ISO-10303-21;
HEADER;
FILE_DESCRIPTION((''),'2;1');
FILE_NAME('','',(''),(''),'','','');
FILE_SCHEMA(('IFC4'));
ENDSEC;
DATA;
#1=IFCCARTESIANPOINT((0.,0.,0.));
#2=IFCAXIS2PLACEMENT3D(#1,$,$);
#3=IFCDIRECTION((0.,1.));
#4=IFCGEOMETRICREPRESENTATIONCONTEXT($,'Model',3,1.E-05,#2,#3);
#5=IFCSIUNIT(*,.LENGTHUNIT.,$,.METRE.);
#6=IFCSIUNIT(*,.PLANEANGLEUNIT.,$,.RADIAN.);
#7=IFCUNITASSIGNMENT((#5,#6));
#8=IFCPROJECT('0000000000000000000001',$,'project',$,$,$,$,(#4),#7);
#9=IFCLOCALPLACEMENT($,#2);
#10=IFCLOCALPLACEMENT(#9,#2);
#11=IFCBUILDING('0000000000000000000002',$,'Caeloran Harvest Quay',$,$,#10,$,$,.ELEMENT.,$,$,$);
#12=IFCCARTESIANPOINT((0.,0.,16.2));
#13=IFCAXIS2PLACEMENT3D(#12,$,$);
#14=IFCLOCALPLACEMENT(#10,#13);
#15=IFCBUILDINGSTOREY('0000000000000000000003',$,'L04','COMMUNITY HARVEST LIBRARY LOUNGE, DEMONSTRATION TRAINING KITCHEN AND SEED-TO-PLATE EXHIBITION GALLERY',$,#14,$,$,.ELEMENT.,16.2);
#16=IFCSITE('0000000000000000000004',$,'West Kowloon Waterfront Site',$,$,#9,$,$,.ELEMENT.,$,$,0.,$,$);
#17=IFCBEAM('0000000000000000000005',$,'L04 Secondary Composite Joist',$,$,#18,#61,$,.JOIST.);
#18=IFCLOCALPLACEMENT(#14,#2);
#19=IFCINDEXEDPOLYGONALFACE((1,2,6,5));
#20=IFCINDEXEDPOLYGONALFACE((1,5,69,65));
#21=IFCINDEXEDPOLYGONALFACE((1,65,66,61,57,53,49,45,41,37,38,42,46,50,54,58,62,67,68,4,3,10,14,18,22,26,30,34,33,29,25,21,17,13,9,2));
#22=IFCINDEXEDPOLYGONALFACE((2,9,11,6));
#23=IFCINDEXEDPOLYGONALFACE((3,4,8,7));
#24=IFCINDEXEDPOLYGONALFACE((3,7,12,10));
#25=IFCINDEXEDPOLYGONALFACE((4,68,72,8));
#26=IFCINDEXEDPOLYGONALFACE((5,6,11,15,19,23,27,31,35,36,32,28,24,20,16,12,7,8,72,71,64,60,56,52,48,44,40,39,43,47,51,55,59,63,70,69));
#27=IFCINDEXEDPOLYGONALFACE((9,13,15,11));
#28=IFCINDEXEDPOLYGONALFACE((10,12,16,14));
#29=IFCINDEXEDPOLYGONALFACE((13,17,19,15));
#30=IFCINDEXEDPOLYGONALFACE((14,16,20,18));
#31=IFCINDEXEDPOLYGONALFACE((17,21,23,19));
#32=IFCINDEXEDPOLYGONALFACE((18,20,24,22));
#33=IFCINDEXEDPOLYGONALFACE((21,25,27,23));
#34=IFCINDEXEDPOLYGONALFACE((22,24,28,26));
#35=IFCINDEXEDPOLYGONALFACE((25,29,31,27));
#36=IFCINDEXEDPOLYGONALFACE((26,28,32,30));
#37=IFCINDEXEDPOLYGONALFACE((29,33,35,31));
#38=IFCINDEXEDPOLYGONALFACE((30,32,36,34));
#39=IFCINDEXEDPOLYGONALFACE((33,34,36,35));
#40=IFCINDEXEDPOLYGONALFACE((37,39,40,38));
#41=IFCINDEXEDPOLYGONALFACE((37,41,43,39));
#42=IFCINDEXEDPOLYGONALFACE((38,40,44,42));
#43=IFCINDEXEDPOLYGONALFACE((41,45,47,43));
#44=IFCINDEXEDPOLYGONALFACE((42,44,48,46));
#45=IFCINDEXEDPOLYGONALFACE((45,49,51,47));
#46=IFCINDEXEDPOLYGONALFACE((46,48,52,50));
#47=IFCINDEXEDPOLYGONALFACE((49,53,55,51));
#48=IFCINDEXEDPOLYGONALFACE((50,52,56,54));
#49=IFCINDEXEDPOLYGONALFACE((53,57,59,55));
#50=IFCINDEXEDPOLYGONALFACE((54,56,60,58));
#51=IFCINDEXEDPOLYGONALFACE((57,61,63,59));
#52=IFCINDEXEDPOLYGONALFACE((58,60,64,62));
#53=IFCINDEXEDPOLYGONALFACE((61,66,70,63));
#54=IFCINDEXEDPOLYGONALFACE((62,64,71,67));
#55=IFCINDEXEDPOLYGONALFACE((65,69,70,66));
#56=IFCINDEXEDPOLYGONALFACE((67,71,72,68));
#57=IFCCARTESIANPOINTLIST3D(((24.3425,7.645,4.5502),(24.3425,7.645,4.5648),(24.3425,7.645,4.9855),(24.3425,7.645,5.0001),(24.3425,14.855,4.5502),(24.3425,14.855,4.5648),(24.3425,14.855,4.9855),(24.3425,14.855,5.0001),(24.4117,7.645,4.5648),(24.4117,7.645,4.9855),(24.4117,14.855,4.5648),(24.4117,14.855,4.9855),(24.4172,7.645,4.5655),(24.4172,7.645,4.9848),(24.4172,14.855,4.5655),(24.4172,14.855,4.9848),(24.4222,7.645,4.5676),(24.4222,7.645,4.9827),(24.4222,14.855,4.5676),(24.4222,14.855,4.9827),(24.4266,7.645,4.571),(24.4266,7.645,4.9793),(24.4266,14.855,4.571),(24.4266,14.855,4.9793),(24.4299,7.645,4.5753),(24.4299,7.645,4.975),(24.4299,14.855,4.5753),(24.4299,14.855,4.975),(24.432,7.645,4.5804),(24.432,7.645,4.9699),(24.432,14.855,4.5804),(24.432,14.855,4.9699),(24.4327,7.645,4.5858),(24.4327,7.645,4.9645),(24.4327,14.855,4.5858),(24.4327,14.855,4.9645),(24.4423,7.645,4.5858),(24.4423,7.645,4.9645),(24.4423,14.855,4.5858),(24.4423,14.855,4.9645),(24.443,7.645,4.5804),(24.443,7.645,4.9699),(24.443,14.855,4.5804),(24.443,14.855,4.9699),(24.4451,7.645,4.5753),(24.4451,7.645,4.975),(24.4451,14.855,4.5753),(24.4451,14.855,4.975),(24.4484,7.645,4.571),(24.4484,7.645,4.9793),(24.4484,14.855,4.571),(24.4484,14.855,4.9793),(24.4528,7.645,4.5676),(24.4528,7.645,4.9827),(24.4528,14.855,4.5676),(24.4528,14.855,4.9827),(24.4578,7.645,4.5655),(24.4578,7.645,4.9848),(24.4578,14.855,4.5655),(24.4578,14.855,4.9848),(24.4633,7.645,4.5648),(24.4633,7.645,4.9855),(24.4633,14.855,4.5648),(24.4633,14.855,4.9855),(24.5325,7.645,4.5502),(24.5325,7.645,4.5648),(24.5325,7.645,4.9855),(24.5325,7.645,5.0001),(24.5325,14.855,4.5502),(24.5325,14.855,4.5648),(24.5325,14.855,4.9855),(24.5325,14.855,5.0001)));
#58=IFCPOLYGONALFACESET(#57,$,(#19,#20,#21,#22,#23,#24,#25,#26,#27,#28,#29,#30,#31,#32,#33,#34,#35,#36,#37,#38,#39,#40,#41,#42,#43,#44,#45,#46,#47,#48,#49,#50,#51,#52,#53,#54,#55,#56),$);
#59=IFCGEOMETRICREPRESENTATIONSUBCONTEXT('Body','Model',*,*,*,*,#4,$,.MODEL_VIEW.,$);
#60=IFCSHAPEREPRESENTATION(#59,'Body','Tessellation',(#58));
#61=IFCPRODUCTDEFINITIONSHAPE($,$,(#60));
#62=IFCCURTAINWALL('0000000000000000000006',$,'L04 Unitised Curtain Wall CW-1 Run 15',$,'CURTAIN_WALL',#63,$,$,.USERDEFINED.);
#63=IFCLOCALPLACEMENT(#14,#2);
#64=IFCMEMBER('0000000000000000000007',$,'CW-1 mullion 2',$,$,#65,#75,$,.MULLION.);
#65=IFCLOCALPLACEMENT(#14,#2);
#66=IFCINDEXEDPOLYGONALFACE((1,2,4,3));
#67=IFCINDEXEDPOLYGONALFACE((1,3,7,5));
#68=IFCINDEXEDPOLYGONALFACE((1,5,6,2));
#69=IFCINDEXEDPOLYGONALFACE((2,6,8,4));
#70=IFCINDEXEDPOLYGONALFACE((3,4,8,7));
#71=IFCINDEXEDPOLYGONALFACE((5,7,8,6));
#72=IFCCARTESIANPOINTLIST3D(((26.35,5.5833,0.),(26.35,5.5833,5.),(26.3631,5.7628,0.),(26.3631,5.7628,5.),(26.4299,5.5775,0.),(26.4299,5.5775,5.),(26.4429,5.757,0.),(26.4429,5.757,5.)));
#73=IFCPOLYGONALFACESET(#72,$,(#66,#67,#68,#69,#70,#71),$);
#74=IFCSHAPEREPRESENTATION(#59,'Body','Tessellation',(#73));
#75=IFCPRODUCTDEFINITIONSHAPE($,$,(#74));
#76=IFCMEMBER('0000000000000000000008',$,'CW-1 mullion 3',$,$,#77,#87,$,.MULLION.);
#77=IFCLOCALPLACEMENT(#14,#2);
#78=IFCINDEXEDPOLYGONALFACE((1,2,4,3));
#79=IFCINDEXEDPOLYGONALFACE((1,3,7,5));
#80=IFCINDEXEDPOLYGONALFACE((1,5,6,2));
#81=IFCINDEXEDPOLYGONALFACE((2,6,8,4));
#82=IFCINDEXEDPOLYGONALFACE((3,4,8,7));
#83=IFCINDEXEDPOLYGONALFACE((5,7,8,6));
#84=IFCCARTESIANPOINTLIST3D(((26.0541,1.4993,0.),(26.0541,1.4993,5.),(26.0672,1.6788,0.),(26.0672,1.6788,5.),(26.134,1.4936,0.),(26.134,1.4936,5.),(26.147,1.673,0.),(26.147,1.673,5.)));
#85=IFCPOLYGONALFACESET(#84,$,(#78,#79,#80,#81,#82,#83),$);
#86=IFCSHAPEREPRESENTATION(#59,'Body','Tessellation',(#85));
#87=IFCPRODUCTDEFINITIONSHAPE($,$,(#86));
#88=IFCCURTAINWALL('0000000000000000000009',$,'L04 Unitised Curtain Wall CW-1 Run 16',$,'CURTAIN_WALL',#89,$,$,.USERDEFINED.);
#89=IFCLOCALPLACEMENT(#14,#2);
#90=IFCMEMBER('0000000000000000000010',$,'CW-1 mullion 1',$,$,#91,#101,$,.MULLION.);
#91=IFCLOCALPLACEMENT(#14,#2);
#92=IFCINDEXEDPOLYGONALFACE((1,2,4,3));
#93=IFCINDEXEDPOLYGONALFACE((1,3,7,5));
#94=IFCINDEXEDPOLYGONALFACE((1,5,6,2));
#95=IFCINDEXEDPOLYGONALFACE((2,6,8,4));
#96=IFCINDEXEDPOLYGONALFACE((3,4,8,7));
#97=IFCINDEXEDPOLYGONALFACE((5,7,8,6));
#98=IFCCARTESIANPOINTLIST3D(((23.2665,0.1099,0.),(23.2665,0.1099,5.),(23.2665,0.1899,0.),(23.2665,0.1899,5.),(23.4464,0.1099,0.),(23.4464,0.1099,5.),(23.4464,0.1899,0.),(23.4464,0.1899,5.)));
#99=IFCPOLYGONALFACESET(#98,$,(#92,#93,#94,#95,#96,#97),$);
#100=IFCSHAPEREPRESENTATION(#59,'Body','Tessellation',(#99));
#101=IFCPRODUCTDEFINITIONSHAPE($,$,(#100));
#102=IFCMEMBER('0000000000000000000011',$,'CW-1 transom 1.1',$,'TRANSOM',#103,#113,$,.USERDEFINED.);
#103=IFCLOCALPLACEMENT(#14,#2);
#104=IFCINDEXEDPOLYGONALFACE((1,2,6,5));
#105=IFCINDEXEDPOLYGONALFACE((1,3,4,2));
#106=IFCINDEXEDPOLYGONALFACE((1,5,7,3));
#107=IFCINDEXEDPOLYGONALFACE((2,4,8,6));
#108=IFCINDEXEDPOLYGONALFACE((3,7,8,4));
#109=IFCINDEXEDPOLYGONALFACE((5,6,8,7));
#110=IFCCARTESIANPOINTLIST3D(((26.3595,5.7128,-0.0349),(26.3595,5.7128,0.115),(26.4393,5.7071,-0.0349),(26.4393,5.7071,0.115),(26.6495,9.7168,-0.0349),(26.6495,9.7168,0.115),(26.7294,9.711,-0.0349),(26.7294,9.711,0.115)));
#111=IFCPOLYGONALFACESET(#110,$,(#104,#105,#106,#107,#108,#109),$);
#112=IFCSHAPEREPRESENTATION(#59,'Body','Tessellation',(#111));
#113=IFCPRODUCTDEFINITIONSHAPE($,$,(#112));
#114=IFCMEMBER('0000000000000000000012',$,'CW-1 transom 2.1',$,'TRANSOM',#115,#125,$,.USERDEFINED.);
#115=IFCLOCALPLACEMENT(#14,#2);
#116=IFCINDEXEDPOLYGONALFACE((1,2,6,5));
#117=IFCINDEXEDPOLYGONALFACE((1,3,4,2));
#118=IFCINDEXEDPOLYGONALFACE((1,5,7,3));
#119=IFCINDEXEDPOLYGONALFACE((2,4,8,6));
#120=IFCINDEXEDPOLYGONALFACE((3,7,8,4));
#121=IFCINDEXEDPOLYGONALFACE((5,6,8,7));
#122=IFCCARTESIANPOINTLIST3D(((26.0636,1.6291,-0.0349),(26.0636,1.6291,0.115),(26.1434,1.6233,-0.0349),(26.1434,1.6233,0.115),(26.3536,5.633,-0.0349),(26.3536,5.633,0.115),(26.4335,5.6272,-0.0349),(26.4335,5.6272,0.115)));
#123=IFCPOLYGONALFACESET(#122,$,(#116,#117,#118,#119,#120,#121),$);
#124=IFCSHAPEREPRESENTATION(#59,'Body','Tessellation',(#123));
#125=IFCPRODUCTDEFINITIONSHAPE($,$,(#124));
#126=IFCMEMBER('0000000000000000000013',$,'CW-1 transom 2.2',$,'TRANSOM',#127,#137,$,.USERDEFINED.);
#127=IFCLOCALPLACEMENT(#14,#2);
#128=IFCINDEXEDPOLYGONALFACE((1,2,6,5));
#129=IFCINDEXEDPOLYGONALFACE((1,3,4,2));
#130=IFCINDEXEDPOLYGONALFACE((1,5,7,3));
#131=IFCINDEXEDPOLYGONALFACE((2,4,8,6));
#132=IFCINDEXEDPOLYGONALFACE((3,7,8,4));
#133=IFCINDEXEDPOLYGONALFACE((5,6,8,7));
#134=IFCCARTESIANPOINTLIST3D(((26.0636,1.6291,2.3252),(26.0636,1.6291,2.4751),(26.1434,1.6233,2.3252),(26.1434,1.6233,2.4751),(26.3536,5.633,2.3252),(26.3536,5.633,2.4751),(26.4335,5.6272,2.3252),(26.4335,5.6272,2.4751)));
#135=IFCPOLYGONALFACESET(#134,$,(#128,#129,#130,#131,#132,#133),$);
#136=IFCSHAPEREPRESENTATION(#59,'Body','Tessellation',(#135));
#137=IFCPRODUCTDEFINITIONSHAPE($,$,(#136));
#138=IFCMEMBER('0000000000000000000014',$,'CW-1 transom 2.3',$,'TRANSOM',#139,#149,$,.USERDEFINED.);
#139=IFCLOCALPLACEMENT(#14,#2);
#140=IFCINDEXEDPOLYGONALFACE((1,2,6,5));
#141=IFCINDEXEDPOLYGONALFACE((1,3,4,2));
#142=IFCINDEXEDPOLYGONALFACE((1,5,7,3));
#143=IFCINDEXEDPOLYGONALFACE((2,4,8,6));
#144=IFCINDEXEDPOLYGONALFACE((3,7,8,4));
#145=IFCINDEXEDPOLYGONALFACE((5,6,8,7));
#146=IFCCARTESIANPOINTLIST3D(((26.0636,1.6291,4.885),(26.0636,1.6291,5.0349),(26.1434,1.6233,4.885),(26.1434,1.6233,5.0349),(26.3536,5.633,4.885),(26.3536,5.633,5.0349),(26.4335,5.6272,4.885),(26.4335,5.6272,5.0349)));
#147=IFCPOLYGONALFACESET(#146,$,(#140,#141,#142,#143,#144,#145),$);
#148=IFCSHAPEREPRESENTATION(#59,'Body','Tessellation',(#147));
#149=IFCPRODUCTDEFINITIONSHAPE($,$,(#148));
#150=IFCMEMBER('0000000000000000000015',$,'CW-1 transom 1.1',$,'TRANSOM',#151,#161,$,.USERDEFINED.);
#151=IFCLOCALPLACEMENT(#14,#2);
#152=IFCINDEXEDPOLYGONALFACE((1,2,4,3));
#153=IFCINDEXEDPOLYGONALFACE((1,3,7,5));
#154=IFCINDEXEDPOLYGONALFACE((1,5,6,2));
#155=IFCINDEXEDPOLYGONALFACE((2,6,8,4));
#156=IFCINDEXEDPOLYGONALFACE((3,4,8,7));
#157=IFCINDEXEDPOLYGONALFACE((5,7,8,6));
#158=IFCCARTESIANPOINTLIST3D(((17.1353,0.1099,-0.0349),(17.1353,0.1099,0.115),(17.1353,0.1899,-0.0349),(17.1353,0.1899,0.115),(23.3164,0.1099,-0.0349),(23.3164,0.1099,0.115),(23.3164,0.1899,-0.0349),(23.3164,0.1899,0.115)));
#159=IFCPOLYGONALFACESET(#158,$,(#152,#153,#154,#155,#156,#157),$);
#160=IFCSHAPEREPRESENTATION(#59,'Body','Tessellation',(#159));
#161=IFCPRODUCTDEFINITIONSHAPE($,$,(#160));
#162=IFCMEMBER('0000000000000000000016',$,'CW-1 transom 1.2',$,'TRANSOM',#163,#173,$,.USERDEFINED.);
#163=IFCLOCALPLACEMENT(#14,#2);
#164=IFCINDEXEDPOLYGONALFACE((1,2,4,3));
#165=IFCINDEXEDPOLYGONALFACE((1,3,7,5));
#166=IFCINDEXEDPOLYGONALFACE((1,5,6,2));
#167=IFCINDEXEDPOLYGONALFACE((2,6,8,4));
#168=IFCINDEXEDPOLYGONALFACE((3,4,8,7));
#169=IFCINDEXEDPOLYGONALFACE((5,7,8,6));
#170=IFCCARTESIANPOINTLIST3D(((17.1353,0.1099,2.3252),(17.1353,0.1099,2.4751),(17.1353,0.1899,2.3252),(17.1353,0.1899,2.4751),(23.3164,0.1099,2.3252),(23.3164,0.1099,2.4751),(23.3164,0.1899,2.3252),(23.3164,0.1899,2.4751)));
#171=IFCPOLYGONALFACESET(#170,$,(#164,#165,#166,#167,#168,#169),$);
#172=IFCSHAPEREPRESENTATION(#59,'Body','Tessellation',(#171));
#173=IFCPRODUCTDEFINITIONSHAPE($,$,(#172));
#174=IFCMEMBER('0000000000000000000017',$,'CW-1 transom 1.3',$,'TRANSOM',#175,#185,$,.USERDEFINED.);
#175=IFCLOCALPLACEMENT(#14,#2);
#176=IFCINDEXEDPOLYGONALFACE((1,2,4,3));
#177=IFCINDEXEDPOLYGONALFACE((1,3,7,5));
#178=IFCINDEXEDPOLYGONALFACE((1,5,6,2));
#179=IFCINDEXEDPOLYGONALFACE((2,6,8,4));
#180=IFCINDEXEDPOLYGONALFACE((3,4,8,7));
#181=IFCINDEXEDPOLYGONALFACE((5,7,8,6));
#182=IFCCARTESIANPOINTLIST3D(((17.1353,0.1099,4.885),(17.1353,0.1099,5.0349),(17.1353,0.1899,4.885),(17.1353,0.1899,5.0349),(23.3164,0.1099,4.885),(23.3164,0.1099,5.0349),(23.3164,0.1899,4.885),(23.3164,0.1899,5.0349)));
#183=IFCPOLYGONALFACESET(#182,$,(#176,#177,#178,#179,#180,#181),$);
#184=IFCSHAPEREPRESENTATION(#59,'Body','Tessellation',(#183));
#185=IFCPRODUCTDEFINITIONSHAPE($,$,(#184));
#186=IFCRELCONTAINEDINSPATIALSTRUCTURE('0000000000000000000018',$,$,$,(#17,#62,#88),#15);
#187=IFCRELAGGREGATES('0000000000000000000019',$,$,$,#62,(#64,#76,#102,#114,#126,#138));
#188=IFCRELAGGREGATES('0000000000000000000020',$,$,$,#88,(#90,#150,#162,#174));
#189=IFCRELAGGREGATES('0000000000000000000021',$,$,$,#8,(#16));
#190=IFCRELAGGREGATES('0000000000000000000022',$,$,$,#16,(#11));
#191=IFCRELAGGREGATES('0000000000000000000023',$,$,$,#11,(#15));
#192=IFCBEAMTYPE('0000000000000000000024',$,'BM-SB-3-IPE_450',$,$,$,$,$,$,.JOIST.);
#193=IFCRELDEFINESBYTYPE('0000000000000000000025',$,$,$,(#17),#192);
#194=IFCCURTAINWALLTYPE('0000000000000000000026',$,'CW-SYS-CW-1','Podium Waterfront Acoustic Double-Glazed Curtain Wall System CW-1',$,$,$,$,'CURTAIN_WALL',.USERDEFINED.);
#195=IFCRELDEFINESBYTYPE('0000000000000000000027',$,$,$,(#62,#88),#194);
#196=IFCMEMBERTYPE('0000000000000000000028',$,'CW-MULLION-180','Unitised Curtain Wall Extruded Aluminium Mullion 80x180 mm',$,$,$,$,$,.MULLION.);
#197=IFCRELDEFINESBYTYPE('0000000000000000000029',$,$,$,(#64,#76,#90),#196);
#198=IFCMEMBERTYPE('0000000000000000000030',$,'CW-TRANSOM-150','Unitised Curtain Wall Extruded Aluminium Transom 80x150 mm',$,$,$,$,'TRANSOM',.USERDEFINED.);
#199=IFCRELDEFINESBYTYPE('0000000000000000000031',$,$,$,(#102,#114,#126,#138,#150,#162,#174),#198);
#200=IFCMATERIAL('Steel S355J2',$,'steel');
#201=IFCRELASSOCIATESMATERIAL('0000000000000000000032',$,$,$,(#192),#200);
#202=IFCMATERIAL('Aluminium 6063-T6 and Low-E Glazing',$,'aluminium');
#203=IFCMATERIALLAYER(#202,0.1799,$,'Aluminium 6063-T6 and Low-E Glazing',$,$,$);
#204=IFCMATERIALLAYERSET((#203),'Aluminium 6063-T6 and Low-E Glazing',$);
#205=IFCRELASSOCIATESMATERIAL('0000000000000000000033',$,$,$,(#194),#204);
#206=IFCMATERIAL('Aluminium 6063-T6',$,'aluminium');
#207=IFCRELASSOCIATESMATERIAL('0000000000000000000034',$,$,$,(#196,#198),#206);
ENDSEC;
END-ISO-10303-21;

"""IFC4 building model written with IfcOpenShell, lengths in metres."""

from ifc_helpers import new_model, si_unit, direction, frame, origin, origin_2d, place, context, subcontext, project, spatial, rectangle, i_section, extrude, material, layer, layer_set, material_profile, profile_set, type_object, element, aggregate, save


model = new_model("IFC4")

# Units and contexts
model_context = context("Model", 3, precision=1e-05, world=origin(), true_north=direction((0.0, 1.0)))
body_context = subcontext(model_context, "Body", "Model", "MODEL_VIEW")
ifc_project = project(units=[si_unit("LENGTHUNIT", "METRE"), si_unit("PLANEANGLEUNIT", "RADIAN")], contexts=[model_context])

# Site, building, storey
site_placement = place(None, origin())
site = spatial("IfcSite", under=ifc_project, at=site_placement, Name="West Kowloon Waterfront Site", CompositionType="ELEMENT", RefElevation=0.0)
building_placement = place(site_placement, origin())
building = spatial("IfcBuilding", under=site, at=building_placement, Name="Caeloran Harvest Quay", CompositionType="ELEMENT")
storey_placement = place(building_placement, frame((0.0, 0.0, 16.2)))
storey = spatial("IfcBuildingStorey", under=building, at=storey_placement, Name="L04", Description="COMMUNITY HARVEST LIBRARY LOUNGE, DEMONSTRATION TRAINING KITCHEN AND SEED-TO-PLATE EXHIBITION GALLERY", CompositionType="ELEMENT", Elevation=16.2)

# Beam
ifc_material_1 = material(Name="Steel S355J2", Category="steel")
ifc_material_profile_1 = material_profile(ifc_material_1, i_section(OverallWidth=0.1899, OverallDepth=0.45, WebThickness=0.0095, FlangeThickness=0.0146, FilletRadius=0.021, at=origin_2d()), Name="IPE 450")
ifc_profile_set_1 = profile_set([ifc_material_profile_1], Name="Steel S355J2")
beam_type_1 = type_object("IfcBeamType", Name="BM-SB-3-IPE_450", PredefinedType="JOIST", material=ifc_profile_set_1)
for number, where, z_axis, x_axis, name in (
    (1, (24.4375, 7.645, 4.7751), (0.0, 1.0, 0.0), (-1.0, 0.0, 0.0), "L04 Secondary Composite Joist"),
):
    element("IfcBeam", number, at=place(storey_placement, frame(where, z_axis=z_axis, x_axis=x_axis)), inside=storey, type_object=beam_type_1, Name=name, PredefinedType="JOIST", context=body_context, shape_type="SweptSolid", body=[
        extrude(i_section(OverallWidth=0.1899, OverallDepth=0.45, WebThickness=0.0095, FlangeThickness=0.0146, FilletRadius=0.021, at=origin_2d()), origin(), (0.0, 0.0, 1.0), 7.21),
    ])

# Curtain wall, members
ifc_material_2 = material(Name="Aluminium 6063-T6 and Low-E Glazing", Category="aluminium")
ifc_layer_1 = layer(ifc_material_2, 0.1799, Name="Aluminium 6063-T6 and Low-E Glazing")
ifc_layer_set_1 = layer_set([ifc_layer_1], Name="Aluminium 6063-T6 and Low-E Glazing")
curtain_wall_type = type_object("IfcCurtainWallType", Name="CW-SYS-CW-1", Description="Podium Waterfront Acoustic Double-Glazed Curtain Wall System CW-1", ElementType="CURTAIN_WALL", PredefinedType="USERDEFINED", material=ifc_layer_set_1)
curtain_wall_1_placement = place(storey_placement, origin())
curtain_wall_1 = element("IfcCurtainWall", 2, at=curtain_wall_1_placement, inside=storey, type_object=curtain_wall_type, Name="L04 Unitised Curtain Wall CW-1 Run 15", ObjectType="CURTAIN_WALL", PredefinedType="USERDEFINED")
ifc_material_3 = material(Name="Aluminium 6063-T6", Category="aluminium")
ifc_material_profile_2 = material_profile(ifc_material_3, rectangle(XDim=0.0801, YDim=0.1799, at=origin_2d()), Name="CW-MULLION-180")
ifc_profile_set_2 = profile_set([ifc_material_profile_2], Name="Aluminium 6063-T6")
member_type_1 = type_object("IfcMemberType", Name="CW-MULLION-180", Description="Unitised Curtain Wall Extruded Aluminium Mullion 80x180 mm", PredefinedType="MULLION", material=ifc_profile_set_2)
member_1_placement = place(storey_placement, frame((26.3965, 5.6702, 0.0), z_axis=(0.0, 0.0, 1.0), x_axis=(0.997385, -0.072271, 0.0)))
member_1 = element("IfcMember", 3, at=member_1_placement, type_object=member_type_1, Name="CW-1 mullion 2", PredefinedType="MULLION", context=body_context, shape_type="SweptSolid", body=[
    extrude(rectangle(XDim=0.0801, YDim=0.1799, at=origin_2d()), origin(), (0.0, 0.0, 1.0), 5.0),
])
member_2_placement = place(storey_placement, frame((26.1006, 1.5862, 0.0), z_axis=(0.0, 0.0, 1.0), x_axis=(0.997385, -0.072271, 0.0)))
member_2 = element("IfcMember", 4, at=member_2_placement, type_object=member_type_1, Name="CW-1 mullion 3", PredefinedType="MULLION", context=body_context, shape_type="SweptSolid", body=[
    extrude(rectangle(XDim=0.0801, YDim=0.1799, at=origin_2d()), origin(), (0.0, 0.0, 1.0), 5.0),
])

# Curtain wall, member
curtain_wall_2_placement = place(storey_placement, origin())
curtain_wall_2 = element("IfcCurtainWall", 5, at=curtain_wall_2_placement, inside=storey, type_object=curtain_wall_type, Name="L04 Unitised Curtain Wall CW-1 Run 16", ObjectType="CURTAIN_WALL", PredefinedType="USERDEFINED")
member_3_placement = place(storey_placement, frame((23.3564, 0.1499, 0.0), z_axis=(0.0, 0.0, 1.0), x_axis=(0.0, -1.0, 0.0)))
member_3 = element("IfcMember", 6, at=member_3_placement, type_object=member_type_1, Name="CW-1 mullion 1", PredefinedType="MULLION", context=body_context, shape_type="SweptSolid", body=[
    extrude(rectangle(XDim=0.0801, YDim=0.1799, at=origin_2d()), origin(), (0.0, 0.0, 1.0), 5.0),
])

# Members
ifc_material_profile_3 = material_profile(ifc_material_3, rectangle(XDim=0.0801, YDim=0.1499, at=origin_2d()), Name="CW-TRANSOM-150")
ifc_profile_set_3 = profile_set([ifc_material_profile_3], Name="Aluminium 6063-T6")
member_type_2 = type_object("IfcMemberType", Name="CW-TRANSOM-150", Description="Unitised Curtain Wall Extruded Aluminium Transom 80x150 mm", ElementType="TRANSOM", PredefinedType="USERDEFINED", material=ifc_profile_set_3)
member_4_placement = place(storey_placement, frame((26.6895, 9.7139, 0.04), z_axis=(-0.07225, -0.997387, 0.0), x_axis=(0.997387, -0.07225, 0.0)))
member_4 = element("IfcMember", 7, at=member_4_placement, type_object=member_type_2, Name="CW-1 transom 1.1", ObjectType="TRANSOM", PredefinedType="USERDEFINED", context=body_context, shape_type="SweptSolid", body=[
    extrude(rectangle(XDim=0.0801, YDim=0.1499, at=origin_2d()), origin(), (0.0, 0.0, 1.0), 4.0144),
])
member_5_placement = place(storey_placement, frame((26.3936, 5.6301, 0.04), z_axis=(-0.07225, -0.997387, 0.0), x_axis=(0.997387, -0.07225, 0.0)))
member_5 = element("IfcMember", 8, at=member_5_placement, type_object=member_type_2, Name="CW-1 transom 2.1", ObjectType="TRANSOM", PredefinedType="USERDEFINED", context=body_context, shape_type="SweptSolid", body=[
    extrude(rectangle(XDim=0.0801, YDim=0.1499, at=origin_2d()), origin(), (0.0, 0.0, 1.0), 4.0144),
])
member_6_placement = place(storey_placement, frame((26.3936, 5.6301, 2.4001), z_axis=(-0.07225, -0.997387, 0.0), x_axis=(0.997387, -0.07225, 0.0)))
member_6 = element("IfcMember", 9, at=member_6_placement, type_object=member_type_2, Name="CW-1 transom 2.2", ObjectType="TRANSOM", PredefinedType="USERDEFINED", context=body_context, shape_type="SweptSolid", body=[
    extrude(rectangle(XDim=0.0801, YDim=0.1499, at=origin_2d()), origin(), (0.0, 0.0, 1.0), 4.0144),
])
member_7_placement = place(storey_placement, frame((26.3936, 5.6301, 4.96), z_axis=(-0.07225, -0.997387, 0.0), x_axis=(0.997387, -0.07225, 0.0)))
member_7 = element("IfcMember", 10, at=member_7_placement, type_object=member_type_2, Name="CW-1 transom 2.3", ObjectType="TRANSOM", PredefinedType="USERDEFINED", context=body_context, shape_type="SweptSolid", body=[
    extrude(rectangle(XDim=0.0801, YDim=0.1499, at=origin_2d()), origin(), (0.0, 0.0, 1.0), 4.0144),
])
member_8_placement = place(storey_placement, frame((23.3164, 0.1499, 0.04), z_axis=(-1.0, 0.0, 0.0), x_axis=(0.0, -1.0, 0.0)))
member_8 = element("IfcMember", 11, at=member_8_placement, type_object=member_type_2, Name="CW-1 transom 1.1", ObjectType="TRANSOM", PredefinedType="USERDEFINED", context=body_context, shape_type="SweptSolid", body=[
    extrude(rectangle(XDim=0.0801, YDim=0.1499, at=origin_2d()), origin(), (0.0, 0.0, 1.0), 6.1812),
])
member_9_placement = place(storey_placement, frame((23.3164, 0.1499, 2.4001), z_axis=(-1.0, 0.0, 0.0), x_axis=(0.0, -1.0, 0.0)))
member_9 = element("IfcMember", 12, at=member_9_placement, type_object=member_type_2, Name="CW-1 transom 1.2", ObjectType="TRANSOM", PredefinedType="USERDEFINED", context=body_context, shape_type="SweptSolid", body=[
    extrude(rectangle(XDim=0.0801, YDim=0.1499, at=origin_2d()), origin(), (0.0, 0.0, 1.0), 6.1812),
])
member_10_placement = place(storey_placement, frame((23.3164, 0.1499, 4.96), z_axis=(-1.0, 0.0, 0.0), x_axis=(0.0, -1.0, 0.0)))
member_10 = element("IfcMember", 13, at=member_10_placement, type_object=member_type_2, Name="CW-1 transom 1.3", ObjectType="TRANSOM", PredefinedType="USERDEFINED", context=body_context, shape_type="SweptSolid", body=[
    extrude(rectangle(XDim=0.0801, YDim=0.1499, at=origin_2d()), origin(), (0.0, 0.0, 1.0), 6.1812),
])

aggregate(curtain_wall_1, [member_1, member_2, member_4, member_5, member_6, member_7])
aggregate(curtain_wall_2, [member_3, member_8, member_9, member_10])

save(model, "model.ifc")
